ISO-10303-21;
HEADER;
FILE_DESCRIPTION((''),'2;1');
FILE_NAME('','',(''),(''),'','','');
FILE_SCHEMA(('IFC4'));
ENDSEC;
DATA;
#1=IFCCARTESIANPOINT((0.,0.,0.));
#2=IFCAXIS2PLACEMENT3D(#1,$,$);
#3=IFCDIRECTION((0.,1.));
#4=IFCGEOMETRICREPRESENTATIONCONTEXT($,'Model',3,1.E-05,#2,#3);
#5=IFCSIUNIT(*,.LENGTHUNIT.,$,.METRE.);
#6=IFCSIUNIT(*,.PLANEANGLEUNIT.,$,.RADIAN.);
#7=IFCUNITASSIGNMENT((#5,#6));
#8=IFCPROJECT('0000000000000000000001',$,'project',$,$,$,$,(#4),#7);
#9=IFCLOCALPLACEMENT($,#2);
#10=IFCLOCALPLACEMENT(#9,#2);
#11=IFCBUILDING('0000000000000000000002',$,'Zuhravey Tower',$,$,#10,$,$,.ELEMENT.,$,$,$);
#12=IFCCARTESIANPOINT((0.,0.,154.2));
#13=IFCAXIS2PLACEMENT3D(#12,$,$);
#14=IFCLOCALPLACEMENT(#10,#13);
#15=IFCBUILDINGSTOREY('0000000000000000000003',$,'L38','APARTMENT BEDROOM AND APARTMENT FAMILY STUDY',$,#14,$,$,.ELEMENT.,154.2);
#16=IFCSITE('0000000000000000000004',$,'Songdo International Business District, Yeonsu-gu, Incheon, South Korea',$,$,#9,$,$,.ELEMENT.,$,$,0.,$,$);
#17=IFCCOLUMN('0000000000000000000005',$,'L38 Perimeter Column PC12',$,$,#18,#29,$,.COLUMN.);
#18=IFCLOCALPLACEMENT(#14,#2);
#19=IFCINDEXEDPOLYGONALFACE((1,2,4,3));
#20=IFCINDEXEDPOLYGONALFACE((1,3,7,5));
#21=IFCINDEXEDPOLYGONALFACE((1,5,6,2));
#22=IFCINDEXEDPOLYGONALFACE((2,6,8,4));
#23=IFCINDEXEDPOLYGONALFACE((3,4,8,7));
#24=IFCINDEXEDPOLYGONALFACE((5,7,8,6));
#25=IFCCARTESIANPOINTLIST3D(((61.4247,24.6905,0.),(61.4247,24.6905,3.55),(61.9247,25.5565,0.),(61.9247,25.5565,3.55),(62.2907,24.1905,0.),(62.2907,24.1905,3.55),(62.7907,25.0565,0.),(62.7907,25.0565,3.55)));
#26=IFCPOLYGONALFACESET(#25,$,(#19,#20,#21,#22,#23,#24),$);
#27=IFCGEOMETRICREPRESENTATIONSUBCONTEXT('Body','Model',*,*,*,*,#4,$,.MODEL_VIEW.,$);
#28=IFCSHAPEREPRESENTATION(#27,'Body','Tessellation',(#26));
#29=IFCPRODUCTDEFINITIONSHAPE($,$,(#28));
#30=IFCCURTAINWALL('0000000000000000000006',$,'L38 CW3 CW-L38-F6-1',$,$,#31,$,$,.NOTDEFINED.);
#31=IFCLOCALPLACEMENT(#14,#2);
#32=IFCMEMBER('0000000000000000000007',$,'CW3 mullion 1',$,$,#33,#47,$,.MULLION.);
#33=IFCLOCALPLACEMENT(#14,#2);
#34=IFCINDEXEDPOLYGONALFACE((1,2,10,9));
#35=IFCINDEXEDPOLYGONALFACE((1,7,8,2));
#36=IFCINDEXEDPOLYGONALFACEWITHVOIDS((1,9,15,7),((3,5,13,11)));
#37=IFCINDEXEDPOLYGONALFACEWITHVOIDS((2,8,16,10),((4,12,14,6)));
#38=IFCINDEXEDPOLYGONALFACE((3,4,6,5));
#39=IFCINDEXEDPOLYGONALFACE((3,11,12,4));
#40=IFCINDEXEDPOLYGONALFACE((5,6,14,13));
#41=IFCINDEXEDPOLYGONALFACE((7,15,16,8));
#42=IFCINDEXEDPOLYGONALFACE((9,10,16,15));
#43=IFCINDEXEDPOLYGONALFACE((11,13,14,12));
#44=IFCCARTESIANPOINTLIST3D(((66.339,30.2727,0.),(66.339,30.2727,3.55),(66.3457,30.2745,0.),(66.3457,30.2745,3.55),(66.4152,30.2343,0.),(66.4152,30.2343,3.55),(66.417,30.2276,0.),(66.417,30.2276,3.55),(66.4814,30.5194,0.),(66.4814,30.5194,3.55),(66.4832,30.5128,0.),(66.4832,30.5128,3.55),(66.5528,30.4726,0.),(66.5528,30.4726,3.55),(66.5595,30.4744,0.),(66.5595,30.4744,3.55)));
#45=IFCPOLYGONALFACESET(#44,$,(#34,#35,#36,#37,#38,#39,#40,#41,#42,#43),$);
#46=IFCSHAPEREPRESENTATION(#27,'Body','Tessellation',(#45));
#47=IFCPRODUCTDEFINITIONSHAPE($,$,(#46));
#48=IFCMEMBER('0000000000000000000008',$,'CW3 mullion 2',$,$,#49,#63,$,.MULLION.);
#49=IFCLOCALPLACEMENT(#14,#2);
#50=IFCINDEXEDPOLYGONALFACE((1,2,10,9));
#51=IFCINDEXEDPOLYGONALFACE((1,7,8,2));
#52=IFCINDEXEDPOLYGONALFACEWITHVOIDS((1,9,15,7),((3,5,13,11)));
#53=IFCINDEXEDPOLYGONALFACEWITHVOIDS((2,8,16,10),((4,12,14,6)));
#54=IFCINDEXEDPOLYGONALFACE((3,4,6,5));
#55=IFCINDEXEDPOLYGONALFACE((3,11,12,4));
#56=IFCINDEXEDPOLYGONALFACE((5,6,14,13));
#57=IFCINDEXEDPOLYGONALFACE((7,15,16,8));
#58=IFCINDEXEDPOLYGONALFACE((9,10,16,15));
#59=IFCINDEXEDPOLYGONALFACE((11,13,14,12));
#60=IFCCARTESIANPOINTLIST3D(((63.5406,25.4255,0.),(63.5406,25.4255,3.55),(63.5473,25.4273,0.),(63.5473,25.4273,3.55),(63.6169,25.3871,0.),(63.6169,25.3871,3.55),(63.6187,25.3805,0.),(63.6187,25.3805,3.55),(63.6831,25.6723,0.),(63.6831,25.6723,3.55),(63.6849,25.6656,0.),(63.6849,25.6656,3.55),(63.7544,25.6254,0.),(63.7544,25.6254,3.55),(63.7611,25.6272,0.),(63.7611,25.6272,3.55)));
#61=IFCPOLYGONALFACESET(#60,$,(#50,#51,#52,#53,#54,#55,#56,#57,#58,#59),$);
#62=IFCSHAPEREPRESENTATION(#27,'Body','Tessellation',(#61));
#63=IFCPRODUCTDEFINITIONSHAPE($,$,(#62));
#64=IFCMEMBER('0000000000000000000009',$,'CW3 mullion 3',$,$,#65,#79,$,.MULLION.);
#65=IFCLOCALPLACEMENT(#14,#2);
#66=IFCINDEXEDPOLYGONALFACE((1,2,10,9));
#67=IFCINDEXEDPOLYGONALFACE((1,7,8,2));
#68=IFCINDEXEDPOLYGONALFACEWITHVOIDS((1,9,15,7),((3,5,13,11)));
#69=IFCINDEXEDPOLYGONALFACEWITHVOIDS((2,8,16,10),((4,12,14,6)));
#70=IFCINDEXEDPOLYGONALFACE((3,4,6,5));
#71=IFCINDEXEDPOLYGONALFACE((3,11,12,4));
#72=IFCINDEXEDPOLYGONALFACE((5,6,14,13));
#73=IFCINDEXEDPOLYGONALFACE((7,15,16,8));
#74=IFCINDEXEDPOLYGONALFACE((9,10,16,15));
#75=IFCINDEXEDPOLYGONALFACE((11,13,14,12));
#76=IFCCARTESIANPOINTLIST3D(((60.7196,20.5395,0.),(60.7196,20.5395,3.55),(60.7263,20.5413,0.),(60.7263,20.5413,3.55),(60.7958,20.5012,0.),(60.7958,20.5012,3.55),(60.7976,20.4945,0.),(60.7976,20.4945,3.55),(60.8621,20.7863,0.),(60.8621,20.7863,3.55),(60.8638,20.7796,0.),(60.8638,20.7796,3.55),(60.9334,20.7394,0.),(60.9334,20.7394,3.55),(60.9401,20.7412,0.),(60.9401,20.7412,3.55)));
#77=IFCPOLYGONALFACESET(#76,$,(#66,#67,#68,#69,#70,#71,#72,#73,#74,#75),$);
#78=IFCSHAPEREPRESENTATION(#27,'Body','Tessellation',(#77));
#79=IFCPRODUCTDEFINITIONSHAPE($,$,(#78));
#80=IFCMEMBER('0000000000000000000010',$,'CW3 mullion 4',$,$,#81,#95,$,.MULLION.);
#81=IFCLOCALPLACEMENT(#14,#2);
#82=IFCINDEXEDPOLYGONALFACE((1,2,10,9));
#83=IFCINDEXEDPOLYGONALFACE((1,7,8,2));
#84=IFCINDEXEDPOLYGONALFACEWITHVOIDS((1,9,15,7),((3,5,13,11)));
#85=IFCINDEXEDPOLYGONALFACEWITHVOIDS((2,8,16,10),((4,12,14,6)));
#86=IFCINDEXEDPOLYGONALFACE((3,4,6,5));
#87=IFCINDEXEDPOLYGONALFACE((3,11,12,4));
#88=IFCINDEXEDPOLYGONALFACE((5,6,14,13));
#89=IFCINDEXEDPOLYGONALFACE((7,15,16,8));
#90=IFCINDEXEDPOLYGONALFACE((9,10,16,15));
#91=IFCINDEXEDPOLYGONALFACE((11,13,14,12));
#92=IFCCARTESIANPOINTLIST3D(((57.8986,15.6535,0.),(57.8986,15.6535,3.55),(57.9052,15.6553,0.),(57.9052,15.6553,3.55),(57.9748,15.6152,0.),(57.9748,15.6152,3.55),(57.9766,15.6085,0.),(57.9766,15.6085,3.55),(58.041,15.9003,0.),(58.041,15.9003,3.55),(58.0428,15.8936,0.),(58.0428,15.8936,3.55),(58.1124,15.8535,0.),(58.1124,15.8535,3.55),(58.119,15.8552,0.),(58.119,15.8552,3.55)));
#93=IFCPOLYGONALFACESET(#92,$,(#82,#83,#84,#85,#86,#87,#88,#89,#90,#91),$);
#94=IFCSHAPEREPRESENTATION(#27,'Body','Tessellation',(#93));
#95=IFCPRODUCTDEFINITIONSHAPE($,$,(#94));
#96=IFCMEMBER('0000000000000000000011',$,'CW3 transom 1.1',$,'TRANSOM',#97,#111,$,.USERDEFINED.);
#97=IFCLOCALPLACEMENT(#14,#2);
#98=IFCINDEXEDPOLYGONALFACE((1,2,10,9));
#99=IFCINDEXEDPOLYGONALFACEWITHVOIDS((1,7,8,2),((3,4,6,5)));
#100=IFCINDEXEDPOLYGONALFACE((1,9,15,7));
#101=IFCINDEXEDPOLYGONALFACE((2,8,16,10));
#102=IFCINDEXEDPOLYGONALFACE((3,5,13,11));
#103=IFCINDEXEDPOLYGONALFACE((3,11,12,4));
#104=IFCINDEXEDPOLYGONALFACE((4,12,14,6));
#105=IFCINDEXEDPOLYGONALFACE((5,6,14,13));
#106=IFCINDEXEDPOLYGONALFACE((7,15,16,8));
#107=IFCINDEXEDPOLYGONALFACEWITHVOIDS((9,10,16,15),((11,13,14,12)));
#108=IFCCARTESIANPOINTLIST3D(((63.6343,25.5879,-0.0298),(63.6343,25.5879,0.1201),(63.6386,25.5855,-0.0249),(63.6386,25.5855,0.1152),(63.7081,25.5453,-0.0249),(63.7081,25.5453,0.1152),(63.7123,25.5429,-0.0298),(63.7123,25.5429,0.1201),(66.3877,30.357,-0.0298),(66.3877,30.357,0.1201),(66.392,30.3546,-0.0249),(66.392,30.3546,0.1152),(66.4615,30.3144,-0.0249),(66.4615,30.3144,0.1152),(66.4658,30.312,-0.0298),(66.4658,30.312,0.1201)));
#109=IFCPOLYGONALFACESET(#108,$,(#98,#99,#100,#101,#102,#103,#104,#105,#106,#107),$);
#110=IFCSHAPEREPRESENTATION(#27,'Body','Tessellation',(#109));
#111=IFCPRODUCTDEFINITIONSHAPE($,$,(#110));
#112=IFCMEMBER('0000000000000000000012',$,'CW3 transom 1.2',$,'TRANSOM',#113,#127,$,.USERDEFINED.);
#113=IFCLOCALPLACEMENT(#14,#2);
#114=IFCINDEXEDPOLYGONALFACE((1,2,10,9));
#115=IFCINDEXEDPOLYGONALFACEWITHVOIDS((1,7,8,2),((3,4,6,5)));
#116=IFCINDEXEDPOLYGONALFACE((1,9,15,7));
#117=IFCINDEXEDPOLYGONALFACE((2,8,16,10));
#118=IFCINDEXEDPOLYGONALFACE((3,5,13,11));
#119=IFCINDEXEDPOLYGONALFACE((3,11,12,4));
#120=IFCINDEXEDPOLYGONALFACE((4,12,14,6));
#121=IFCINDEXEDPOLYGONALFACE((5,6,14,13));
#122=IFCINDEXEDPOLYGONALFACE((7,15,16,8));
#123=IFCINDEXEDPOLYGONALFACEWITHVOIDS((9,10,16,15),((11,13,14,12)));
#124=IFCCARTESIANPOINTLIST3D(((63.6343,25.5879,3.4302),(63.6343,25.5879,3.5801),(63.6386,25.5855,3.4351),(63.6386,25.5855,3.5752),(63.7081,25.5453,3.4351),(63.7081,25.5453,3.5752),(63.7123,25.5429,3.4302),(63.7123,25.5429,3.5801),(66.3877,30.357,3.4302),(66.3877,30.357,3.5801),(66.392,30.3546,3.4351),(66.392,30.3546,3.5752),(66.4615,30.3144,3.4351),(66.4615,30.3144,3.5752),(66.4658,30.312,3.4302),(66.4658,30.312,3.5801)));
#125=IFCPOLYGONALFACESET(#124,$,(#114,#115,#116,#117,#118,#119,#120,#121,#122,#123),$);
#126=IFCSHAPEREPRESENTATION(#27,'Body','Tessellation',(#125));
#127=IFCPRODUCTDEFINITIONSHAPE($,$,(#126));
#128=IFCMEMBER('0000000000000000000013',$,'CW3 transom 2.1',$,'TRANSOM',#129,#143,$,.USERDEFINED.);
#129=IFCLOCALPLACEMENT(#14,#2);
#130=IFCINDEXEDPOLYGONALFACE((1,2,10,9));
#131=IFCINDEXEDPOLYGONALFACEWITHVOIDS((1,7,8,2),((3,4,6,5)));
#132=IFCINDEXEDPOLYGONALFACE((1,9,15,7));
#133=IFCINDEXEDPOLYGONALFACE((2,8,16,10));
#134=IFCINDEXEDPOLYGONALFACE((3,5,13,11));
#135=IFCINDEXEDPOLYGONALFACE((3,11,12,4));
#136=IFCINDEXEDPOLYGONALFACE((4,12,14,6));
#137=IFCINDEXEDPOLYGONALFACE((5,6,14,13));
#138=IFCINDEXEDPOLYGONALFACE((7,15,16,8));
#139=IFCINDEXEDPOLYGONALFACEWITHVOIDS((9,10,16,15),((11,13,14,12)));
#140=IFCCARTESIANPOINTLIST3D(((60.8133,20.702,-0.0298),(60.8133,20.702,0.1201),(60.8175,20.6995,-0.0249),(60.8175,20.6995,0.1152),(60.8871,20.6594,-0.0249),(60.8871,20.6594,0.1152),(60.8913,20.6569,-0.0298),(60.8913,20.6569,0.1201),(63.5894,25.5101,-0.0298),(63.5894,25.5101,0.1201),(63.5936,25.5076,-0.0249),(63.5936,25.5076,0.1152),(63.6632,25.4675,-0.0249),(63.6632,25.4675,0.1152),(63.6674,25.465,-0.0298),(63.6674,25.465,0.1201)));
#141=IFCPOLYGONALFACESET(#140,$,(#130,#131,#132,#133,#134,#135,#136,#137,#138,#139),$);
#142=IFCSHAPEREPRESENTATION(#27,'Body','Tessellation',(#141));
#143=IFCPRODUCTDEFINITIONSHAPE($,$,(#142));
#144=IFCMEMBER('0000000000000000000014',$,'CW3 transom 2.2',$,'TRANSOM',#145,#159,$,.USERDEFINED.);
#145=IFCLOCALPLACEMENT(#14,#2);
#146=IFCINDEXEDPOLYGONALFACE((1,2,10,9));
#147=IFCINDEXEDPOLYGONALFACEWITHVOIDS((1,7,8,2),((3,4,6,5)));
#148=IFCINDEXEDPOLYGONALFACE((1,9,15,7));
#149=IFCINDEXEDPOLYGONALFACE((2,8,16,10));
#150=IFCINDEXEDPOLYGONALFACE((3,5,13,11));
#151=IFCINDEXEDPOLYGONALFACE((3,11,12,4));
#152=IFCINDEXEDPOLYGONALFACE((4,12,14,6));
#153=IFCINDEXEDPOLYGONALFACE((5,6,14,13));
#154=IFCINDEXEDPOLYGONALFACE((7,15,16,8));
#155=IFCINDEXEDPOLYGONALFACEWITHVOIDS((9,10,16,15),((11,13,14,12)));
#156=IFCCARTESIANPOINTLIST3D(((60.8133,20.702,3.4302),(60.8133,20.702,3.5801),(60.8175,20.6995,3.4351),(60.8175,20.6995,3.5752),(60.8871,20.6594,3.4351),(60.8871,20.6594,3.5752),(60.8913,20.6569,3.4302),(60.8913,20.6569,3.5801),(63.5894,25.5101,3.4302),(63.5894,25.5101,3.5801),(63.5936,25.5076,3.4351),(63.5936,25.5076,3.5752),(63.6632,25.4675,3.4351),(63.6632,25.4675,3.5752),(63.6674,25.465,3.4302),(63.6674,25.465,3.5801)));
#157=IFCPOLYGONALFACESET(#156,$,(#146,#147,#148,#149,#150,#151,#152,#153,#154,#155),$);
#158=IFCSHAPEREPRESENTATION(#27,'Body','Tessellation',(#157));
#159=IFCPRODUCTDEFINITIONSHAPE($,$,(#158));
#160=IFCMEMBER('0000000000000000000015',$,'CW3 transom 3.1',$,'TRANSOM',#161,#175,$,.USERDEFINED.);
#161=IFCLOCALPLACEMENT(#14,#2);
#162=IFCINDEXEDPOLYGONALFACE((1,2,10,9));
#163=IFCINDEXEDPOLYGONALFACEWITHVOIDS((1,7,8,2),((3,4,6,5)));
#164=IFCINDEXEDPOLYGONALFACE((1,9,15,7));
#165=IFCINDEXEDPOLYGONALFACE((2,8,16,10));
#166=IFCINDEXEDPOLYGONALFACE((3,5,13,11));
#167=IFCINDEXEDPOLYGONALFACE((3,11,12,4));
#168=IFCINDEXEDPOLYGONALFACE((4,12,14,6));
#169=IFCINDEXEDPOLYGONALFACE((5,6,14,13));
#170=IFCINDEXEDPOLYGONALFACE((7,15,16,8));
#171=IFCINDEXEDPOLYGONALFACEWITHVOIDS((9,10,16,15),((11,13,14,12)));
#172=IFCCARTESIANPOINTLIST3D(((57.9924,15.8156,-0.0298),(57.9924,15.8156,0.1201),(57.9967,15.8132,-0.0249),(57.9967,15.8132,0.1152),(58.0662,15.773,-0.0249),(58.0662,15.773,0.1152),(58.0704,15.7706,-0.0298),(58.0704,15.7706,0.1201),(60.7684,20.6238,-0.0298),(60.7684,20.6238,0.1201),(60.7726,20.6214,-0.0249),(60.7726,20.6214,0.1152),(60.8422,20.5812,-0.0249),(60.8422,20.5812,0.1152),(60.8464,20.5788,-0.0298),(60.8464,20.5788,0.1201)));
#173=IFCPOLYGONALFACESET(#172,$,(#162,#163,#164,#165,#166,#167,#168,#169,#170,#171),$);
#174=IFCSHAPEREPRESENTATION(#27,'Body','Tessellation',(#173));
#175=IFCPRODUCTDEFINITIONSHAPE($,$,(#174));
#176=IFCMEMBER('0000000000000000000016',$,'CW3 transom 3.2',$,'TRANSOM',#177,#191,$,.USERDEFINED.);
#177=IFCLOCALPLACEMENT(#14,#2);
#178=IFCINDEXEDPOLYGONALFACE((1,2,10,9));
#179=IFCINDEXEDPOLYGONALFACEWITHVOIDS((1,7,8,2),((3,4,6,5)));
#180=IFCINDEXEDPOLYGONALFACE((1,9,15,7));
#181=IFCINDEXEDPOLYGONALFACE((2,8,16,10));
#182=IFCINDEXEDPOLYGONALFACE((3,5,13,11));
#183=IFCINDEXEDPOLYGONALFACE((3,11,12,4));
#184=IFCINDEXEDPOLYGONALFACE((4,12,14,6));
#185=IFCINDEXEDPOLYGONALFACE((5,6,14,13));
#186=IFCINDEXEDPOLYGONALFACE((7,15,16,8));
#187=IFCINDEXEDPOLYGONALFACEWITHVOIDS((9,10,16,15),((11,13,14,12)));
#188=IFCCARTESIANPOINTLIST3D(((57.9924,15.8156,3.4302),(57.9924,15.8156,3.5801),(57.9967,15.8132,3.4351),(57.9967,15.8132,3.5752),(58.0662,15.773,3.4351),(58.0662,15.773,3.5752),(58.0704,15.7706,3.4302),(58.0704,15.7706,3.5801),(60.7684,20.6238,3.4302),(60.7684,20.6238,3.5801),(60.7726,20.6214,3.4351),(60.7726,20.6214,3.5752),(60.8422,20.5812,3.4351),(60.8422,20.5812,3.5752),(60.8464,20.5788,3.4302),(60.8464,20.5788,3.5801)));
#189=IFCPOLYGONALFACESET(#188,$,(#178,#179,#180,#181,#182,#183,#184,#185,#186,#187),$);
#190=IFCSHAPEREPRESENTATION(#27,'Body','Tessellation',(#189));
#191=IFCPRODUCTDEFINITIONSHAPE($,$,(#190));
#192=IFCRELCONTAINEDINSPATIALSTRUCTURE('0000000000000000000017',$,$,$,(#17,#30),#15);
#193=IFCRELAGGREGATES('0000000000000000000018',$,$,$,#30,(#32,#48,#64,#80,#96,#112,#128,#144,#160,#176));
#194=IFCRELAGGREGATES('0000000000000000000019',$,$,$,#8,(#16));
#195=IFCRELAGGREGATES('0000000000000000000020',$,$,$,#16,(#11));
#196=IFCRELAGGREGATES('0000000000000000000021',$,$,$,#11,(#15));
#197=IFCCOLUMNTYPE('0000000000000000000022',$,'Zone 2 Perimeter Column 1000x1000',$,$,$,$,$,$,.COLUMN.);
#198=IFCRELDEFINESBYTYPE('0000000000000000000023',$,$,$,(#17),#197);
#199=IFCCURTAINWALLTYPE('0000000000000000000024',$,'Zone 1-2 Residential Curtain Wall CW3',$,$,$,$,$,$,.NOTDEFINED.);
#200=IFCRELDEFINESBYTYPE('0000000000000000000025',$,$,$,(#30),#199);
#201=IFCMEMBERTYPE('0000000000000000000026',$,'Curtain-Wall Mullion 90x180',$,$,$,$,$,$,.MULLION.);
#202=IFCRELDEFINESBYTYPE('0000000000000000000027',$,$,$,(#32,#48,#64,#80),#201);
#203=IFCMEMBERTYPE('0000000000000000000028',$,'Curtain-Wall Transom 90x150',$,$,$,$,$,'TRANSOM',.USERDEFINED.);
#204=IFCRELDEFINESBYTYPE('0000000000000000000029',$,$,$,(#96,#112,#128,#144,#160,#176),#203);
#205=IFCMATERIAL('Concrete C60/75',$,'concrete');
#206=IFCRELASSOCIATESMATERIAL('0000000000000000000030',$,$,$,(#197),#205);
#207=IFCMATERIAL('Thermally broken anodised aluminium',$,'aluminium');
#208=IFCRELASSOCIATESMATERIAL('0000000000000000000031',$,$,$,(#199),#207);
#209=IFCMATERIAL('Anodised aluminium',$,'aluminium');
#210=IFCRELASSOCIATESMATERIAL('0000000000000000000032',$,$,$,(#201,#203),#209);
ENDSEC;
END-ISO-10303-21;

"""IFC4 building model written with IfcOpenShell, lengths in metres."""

from ifc_helpers import new_model, si_unit, direction, frame, origin, origin_2d, place, context, subcontext, project, spatial, rectangle, hollow_rectangle, extrude, material, material_profile, profile_set, type_object, element, aggregate, save


model = new_model("IFC4")

# Units and contexts
model_context = context("Model", 3, precision=1e-05, world=origin(), true_north=direction((0.0, 1.0)))
body_context = subcontext(model_context, "Body", "Model", "MODEL_VIEW")
ifc_project = project(units=[si_unit("LENGTHUNIT", "METRE"), si_unit("PLANEANGLEUNIT", "RADIAN")], contexts=[model_context])

# Site, building, storey
site_placement = place(None, origin())
site = spatial("IfcSite", under=ifc_project, at=site_placement, Name="Songdo International Business District, Yeonsu-gu, Incheon, South Korea", CompositionType="ELEMENT", RefElevation=0.0)
building_placement = place(site_placement, origin())
building = spatial("IfcBuilding", under=site, at=building_placement, Name="Zuhravey Tower", CompositionType="ELEMENT")
storey_placement = place(building_placement, frame((0.0, 0.0, 154.2)))
storey = spatial("IfcBuildingStorey", under=building, at=storey_placement, Name="L38", Description="APARTMENT BEDROOM AND APARTMENT FAMILY STUDY", CompositionType="ELEMENT", Elevation=154.2)

# Column
ifc_material_1 = material(Name="Concrete C60/75", Category="concrete")
ifc_material_profile_1 = material_profile(ifc_material_1, rectangle(XDim=1.0, YDim=1.0, at=origin_2d()), Name="RC-1000x1000")
ifc_profile_set_1 = profile_set([ifc_material_profile_1], Name="Concrete C60/75")
column_type = type_object("IfcColumnType", Name="Zone 2 Perimeter Column 1000x1000", PredefinedType="COLUMN", material=ifc_profile_set_1)
column_placement = place(storey_placement, frame((62.1077, 24.8735, 0.0), z_axis=(0.0, 0.0, 1.0), x_axis=(0.5, 0.866025, 0.0)))
element("IfcColumn", 1, at=column_placement, inside=storey, type_object=column_type, Name="L38 Perimeter Column PC12", PredefinedType="COLUMN", context=body_context, shape_type="SweptSolid", body=[
    extrude(rectangle(XDim=1.0, YDim=1.0, at=origin_2d()), origin(), (0.0, 0.0, 1.0), 3.55),
])

# Curtain wall, members
ifc_material_2 = material(Name="Thermally broken anodised aluminium", Category="aluminium")
curtain_wall_type = type_object("IfcCurtainWallType", Name="Zone 1-2 Residential Curtain Wall CW3", PredefinedType="NOTDEFINED", material=ifc_material_2)
curtain_wall_placement = place(storey_placement, origin())
curtain_wall = element("IfcCurtainWall", 2, at=curtain_wall_placement, inside=storey, type_object=curtain_wall_type, Name="L38 CW3 CW-L38-F6-1", PredefinedType="NOTDEFINED")
ifc_material_3 = material(Name="Anodised aluminium", Category="aluminium")
ifc_material_profile_2 = material_profile(ifc_material_3, hollow_rectangle(XDim=0.0901, YDim=0.2849, WallThickness=0.0049, at=origin_2d()), Name="ALU-RHS-90x285x5")
ifc_profile_set_2 = profile_set([ifc_material_profile_2], Name="Anodised aluminium")
member_type_1 = type_object("IfcMemberType", Name="Curtain-Wall Mullion 90x180", PredefinedType="MULLION", material=ifc_profile_set_2)
member_1_placement = place(storey_placement, frame((66.4492, 30.3735, 0.0), z_axis=(0.0, 0.0, 1.0), x_axis=(0.866024, -0.500002, 0.0)))
member_1 = element("IfcMember", 3, at=member_1_placement, type_object=member_type_1, Name="CW3 mullion 1", PredefinedType="MULLION", context=body_context, shape_type="SweptSolid", body=[
    extrude(hollow_rectangle(XDim=0.0901, YDim=0.2849, WallThickness=0.0049, at=origin_2d()), origin(), (0.0, 0.0, 1.0), 3.55),
])
member_2_placement = place(storey_placement, frame((63.6509, 25.5264, 0.0), z_axis=(0.0, 0.0, 1.0), x_axis=(0.866024, -0.500002, 0.0)))
member_2 = element("IfcMember", 4, at=member_2_placement, type_object=member_type_1, Name="CW3 mullion 2", PredefinedType="MULLION", context=body_context, shape_type="SweptSolid", body=[
    extrude(hollow_rectangle(XDim=0.0901, YDim=0.2849, WallThickness=0.0049, at=origin_2d()), origin(), (0.0, 0.0, 1.0), 3.55),
])
member_3_placement = place(storey_placement, frame((60.8298, 20.6404, 0.0), z_axis=(0.0, 0.0, 1.0), x_axis=(0.866024, -0.500002, 0.0)))
member_3 = element("IfcMember", 5, at=member_3_placement, type_object=member_type_1, Name="CW3 mullion 3", PredefinedType="MULLION", context=body_context, shape_type="SweptSolid", body=[
    extrude(hollow_rectangle(XDim=0.0901, YDim=0.2849, WallThickness=0.0049, at=origin_2d()), origin(), (0.0, 0.0, 1.0), 3.55),
])
member_4_placement = place(storey_placement, frame((58.0088, 15.7544, 0.0), z_axis=(0.0, 0.0, 1.0), x_axis=(0.866024, -0.500002, 0.0)))
member_4 = element("IfcMember", 6, at=member_4_placement, type_object=member_type_1, Name="CW3 mullion 4", PredefinedType="MULLION", context=body_context, shape_type="SweptSolid", body=[
    extrude(hollow_rectangle(XDim=0.0901, YDim=0.2849, WallThickness=0.0049, at=origin_2d()), origin(), (0.0, 0.0, 1.0), 3.55),
])
ifc_material_profile_3 = material_profile(ifc_material_3, hollow_rectangle(XDim=0.0901, YDim=0.1499, WallThickness=0.0049, at=origin_2d()), Name="ALU-RHS-90x150x5")
ifc_profile_set_3 = profile_set([ifc_material_profile_3], Name="Anodised aluminium")
member_type_2 = type_object("IfcMemberType", Name="Curtain-Wall Transom 90x150", ElementType="TRANSOM", PredefinedType="USERDEFINED", material=ifc_profile_set_3)
member_5_placement = place(storey_placement, frame((66.4268, 30.3345, 0.0452), z_axis=(-0.500001, -0.866025, 0.0), x_axis=(0.866025, -0.500001, 0.0)))
member_5 = element("IfcMember", 7, at=member_5_placement, type_object=member_type_2, Name="CW3 transom 1.1", ObjectType="TRANSOM", PredefinedType="USERDEFINED", context=body_context, shape_type="SweptSolid", body=[
    extrude(hollow_rectangle(XDim=0.0901, YDim=0.1499, WallThickness=0.0049, at=origin_2d()), origin(), (0.0, 0.0, 1.0), 5.5068),
])
member_6_placement = place(storey_placement, frame((66.4268, 30.3345, 3.5051), z_axis=(-0.500001, -0.866025, 0.0), x_axis=(0.866025, -0.500001, 0.0)))
member_6 = element("IfcMember", 8, at=member_6_placement, type_object=member_type_2, Name="CW3 transom 1.2", ObjectType="TRANSOM", PredefinedType="USERDEFINED", context=body_context, shape_type="SweptSolid", body=[
    extrude(hollow_rectangle(XDim=0.0901, YDim=0.1499, WallThickness=0.0049, at=origin_2d()), origin(), (0.0, 0.0, 1.0), 5.5068),
])
member_7_placement = place(storey_placement, frame((63.6284, 25.4875, 0.0452), z_axis=(-0.500022, -0.866013, 0.0), x_axis=(0.866013, -0.500022, 0.0)))
member_7 = element("IfcMember", 9, at=member_7_placement, type_object=member_type_2, Name="CW3 transom 2.1", ObjectType="TRANSOM", PredefinedType="USERDEFINED", context=body_context, shape_type="SweptSolid", body=[
    extrude(hollow_rectangle(XDim=0.0901, YDim=0.1499, WallThickness=0.0049, at=origin_2d()), origin(), (0.0, 0.0, 1.0), 5.552),
])
member_8_placement = place(storey_placement, frame((63.6284, 25.4875, 3.5051), z_axis=(-0.500022, -0.866013, 0.0), x_axis=(0.866013, -0.500022, 0.0)))
member_8 = element("IfcMember", 10, at=member_8_placement, type_object=member_type_2, Name="CW3 transom 2.2", ObjectType="TRANSOM", PredefinedType="USERDEFINED", context=body_context, shape_type="SweptSolid", body=[
    extrude(hollow_rectangle(XDim=0.0901, YDim=0.1499, WallThickness=0.0049, at=origin_2d()), origin(), (0.0, 0.0, 1.0), 5.552),
])
member_9_placement = place(storey_placement, frame((60.8074, 20.6013, 0.0452), z_axis=(-0.499989, -0.866032, 0.0), x_axis=(0.866032, -0.499989, 0.0)))
member_9 = element("IfcMember", 11, at=member_9_placement, type_object=member_type_2, Name="CW3 transom 3.1", ObjectType="TRANSOM", PredefinedType="USERDEFINED", context=body_context, shape_type="SweptSolid", body=[
    extrude(hollow_rectangle(XDim=0.0901, YDim=0.1499, WallThickness=0.0049, at=origin_2d()), origin(), (0.0, 0.0, 1.0), 5.552),
])
member_10_placement = place(storey_placement, frame((60.8074, 20.6013, 3.5051), z_axis=(-0.499989, -0.866032, 0.0), x_axis=(0.866032, -0.499989, 0.0)))
member_10 = element("IfcMember", 12, at=member_10_placement, type_object=member_type_2, Name="CW3 transom 3.2", ObjectType="TRANSOM", PredefinedType="USERDEFINED", context=body_context, shape_type="SweptSolid", body=[
    extrude(hollow_rectangle(XDim=0.0901, YDim=0.1499, WallThickness=0.0049, at=origin_2d()), origin(), (0.0, 0.0, 1.0), 5.552),
])

aggregate(curtain_wall, [member_1, member_2, member_3, member_4, member_5, member_6, member_7, member_8, member_9, member_10])

save(model, "model.ifc")
